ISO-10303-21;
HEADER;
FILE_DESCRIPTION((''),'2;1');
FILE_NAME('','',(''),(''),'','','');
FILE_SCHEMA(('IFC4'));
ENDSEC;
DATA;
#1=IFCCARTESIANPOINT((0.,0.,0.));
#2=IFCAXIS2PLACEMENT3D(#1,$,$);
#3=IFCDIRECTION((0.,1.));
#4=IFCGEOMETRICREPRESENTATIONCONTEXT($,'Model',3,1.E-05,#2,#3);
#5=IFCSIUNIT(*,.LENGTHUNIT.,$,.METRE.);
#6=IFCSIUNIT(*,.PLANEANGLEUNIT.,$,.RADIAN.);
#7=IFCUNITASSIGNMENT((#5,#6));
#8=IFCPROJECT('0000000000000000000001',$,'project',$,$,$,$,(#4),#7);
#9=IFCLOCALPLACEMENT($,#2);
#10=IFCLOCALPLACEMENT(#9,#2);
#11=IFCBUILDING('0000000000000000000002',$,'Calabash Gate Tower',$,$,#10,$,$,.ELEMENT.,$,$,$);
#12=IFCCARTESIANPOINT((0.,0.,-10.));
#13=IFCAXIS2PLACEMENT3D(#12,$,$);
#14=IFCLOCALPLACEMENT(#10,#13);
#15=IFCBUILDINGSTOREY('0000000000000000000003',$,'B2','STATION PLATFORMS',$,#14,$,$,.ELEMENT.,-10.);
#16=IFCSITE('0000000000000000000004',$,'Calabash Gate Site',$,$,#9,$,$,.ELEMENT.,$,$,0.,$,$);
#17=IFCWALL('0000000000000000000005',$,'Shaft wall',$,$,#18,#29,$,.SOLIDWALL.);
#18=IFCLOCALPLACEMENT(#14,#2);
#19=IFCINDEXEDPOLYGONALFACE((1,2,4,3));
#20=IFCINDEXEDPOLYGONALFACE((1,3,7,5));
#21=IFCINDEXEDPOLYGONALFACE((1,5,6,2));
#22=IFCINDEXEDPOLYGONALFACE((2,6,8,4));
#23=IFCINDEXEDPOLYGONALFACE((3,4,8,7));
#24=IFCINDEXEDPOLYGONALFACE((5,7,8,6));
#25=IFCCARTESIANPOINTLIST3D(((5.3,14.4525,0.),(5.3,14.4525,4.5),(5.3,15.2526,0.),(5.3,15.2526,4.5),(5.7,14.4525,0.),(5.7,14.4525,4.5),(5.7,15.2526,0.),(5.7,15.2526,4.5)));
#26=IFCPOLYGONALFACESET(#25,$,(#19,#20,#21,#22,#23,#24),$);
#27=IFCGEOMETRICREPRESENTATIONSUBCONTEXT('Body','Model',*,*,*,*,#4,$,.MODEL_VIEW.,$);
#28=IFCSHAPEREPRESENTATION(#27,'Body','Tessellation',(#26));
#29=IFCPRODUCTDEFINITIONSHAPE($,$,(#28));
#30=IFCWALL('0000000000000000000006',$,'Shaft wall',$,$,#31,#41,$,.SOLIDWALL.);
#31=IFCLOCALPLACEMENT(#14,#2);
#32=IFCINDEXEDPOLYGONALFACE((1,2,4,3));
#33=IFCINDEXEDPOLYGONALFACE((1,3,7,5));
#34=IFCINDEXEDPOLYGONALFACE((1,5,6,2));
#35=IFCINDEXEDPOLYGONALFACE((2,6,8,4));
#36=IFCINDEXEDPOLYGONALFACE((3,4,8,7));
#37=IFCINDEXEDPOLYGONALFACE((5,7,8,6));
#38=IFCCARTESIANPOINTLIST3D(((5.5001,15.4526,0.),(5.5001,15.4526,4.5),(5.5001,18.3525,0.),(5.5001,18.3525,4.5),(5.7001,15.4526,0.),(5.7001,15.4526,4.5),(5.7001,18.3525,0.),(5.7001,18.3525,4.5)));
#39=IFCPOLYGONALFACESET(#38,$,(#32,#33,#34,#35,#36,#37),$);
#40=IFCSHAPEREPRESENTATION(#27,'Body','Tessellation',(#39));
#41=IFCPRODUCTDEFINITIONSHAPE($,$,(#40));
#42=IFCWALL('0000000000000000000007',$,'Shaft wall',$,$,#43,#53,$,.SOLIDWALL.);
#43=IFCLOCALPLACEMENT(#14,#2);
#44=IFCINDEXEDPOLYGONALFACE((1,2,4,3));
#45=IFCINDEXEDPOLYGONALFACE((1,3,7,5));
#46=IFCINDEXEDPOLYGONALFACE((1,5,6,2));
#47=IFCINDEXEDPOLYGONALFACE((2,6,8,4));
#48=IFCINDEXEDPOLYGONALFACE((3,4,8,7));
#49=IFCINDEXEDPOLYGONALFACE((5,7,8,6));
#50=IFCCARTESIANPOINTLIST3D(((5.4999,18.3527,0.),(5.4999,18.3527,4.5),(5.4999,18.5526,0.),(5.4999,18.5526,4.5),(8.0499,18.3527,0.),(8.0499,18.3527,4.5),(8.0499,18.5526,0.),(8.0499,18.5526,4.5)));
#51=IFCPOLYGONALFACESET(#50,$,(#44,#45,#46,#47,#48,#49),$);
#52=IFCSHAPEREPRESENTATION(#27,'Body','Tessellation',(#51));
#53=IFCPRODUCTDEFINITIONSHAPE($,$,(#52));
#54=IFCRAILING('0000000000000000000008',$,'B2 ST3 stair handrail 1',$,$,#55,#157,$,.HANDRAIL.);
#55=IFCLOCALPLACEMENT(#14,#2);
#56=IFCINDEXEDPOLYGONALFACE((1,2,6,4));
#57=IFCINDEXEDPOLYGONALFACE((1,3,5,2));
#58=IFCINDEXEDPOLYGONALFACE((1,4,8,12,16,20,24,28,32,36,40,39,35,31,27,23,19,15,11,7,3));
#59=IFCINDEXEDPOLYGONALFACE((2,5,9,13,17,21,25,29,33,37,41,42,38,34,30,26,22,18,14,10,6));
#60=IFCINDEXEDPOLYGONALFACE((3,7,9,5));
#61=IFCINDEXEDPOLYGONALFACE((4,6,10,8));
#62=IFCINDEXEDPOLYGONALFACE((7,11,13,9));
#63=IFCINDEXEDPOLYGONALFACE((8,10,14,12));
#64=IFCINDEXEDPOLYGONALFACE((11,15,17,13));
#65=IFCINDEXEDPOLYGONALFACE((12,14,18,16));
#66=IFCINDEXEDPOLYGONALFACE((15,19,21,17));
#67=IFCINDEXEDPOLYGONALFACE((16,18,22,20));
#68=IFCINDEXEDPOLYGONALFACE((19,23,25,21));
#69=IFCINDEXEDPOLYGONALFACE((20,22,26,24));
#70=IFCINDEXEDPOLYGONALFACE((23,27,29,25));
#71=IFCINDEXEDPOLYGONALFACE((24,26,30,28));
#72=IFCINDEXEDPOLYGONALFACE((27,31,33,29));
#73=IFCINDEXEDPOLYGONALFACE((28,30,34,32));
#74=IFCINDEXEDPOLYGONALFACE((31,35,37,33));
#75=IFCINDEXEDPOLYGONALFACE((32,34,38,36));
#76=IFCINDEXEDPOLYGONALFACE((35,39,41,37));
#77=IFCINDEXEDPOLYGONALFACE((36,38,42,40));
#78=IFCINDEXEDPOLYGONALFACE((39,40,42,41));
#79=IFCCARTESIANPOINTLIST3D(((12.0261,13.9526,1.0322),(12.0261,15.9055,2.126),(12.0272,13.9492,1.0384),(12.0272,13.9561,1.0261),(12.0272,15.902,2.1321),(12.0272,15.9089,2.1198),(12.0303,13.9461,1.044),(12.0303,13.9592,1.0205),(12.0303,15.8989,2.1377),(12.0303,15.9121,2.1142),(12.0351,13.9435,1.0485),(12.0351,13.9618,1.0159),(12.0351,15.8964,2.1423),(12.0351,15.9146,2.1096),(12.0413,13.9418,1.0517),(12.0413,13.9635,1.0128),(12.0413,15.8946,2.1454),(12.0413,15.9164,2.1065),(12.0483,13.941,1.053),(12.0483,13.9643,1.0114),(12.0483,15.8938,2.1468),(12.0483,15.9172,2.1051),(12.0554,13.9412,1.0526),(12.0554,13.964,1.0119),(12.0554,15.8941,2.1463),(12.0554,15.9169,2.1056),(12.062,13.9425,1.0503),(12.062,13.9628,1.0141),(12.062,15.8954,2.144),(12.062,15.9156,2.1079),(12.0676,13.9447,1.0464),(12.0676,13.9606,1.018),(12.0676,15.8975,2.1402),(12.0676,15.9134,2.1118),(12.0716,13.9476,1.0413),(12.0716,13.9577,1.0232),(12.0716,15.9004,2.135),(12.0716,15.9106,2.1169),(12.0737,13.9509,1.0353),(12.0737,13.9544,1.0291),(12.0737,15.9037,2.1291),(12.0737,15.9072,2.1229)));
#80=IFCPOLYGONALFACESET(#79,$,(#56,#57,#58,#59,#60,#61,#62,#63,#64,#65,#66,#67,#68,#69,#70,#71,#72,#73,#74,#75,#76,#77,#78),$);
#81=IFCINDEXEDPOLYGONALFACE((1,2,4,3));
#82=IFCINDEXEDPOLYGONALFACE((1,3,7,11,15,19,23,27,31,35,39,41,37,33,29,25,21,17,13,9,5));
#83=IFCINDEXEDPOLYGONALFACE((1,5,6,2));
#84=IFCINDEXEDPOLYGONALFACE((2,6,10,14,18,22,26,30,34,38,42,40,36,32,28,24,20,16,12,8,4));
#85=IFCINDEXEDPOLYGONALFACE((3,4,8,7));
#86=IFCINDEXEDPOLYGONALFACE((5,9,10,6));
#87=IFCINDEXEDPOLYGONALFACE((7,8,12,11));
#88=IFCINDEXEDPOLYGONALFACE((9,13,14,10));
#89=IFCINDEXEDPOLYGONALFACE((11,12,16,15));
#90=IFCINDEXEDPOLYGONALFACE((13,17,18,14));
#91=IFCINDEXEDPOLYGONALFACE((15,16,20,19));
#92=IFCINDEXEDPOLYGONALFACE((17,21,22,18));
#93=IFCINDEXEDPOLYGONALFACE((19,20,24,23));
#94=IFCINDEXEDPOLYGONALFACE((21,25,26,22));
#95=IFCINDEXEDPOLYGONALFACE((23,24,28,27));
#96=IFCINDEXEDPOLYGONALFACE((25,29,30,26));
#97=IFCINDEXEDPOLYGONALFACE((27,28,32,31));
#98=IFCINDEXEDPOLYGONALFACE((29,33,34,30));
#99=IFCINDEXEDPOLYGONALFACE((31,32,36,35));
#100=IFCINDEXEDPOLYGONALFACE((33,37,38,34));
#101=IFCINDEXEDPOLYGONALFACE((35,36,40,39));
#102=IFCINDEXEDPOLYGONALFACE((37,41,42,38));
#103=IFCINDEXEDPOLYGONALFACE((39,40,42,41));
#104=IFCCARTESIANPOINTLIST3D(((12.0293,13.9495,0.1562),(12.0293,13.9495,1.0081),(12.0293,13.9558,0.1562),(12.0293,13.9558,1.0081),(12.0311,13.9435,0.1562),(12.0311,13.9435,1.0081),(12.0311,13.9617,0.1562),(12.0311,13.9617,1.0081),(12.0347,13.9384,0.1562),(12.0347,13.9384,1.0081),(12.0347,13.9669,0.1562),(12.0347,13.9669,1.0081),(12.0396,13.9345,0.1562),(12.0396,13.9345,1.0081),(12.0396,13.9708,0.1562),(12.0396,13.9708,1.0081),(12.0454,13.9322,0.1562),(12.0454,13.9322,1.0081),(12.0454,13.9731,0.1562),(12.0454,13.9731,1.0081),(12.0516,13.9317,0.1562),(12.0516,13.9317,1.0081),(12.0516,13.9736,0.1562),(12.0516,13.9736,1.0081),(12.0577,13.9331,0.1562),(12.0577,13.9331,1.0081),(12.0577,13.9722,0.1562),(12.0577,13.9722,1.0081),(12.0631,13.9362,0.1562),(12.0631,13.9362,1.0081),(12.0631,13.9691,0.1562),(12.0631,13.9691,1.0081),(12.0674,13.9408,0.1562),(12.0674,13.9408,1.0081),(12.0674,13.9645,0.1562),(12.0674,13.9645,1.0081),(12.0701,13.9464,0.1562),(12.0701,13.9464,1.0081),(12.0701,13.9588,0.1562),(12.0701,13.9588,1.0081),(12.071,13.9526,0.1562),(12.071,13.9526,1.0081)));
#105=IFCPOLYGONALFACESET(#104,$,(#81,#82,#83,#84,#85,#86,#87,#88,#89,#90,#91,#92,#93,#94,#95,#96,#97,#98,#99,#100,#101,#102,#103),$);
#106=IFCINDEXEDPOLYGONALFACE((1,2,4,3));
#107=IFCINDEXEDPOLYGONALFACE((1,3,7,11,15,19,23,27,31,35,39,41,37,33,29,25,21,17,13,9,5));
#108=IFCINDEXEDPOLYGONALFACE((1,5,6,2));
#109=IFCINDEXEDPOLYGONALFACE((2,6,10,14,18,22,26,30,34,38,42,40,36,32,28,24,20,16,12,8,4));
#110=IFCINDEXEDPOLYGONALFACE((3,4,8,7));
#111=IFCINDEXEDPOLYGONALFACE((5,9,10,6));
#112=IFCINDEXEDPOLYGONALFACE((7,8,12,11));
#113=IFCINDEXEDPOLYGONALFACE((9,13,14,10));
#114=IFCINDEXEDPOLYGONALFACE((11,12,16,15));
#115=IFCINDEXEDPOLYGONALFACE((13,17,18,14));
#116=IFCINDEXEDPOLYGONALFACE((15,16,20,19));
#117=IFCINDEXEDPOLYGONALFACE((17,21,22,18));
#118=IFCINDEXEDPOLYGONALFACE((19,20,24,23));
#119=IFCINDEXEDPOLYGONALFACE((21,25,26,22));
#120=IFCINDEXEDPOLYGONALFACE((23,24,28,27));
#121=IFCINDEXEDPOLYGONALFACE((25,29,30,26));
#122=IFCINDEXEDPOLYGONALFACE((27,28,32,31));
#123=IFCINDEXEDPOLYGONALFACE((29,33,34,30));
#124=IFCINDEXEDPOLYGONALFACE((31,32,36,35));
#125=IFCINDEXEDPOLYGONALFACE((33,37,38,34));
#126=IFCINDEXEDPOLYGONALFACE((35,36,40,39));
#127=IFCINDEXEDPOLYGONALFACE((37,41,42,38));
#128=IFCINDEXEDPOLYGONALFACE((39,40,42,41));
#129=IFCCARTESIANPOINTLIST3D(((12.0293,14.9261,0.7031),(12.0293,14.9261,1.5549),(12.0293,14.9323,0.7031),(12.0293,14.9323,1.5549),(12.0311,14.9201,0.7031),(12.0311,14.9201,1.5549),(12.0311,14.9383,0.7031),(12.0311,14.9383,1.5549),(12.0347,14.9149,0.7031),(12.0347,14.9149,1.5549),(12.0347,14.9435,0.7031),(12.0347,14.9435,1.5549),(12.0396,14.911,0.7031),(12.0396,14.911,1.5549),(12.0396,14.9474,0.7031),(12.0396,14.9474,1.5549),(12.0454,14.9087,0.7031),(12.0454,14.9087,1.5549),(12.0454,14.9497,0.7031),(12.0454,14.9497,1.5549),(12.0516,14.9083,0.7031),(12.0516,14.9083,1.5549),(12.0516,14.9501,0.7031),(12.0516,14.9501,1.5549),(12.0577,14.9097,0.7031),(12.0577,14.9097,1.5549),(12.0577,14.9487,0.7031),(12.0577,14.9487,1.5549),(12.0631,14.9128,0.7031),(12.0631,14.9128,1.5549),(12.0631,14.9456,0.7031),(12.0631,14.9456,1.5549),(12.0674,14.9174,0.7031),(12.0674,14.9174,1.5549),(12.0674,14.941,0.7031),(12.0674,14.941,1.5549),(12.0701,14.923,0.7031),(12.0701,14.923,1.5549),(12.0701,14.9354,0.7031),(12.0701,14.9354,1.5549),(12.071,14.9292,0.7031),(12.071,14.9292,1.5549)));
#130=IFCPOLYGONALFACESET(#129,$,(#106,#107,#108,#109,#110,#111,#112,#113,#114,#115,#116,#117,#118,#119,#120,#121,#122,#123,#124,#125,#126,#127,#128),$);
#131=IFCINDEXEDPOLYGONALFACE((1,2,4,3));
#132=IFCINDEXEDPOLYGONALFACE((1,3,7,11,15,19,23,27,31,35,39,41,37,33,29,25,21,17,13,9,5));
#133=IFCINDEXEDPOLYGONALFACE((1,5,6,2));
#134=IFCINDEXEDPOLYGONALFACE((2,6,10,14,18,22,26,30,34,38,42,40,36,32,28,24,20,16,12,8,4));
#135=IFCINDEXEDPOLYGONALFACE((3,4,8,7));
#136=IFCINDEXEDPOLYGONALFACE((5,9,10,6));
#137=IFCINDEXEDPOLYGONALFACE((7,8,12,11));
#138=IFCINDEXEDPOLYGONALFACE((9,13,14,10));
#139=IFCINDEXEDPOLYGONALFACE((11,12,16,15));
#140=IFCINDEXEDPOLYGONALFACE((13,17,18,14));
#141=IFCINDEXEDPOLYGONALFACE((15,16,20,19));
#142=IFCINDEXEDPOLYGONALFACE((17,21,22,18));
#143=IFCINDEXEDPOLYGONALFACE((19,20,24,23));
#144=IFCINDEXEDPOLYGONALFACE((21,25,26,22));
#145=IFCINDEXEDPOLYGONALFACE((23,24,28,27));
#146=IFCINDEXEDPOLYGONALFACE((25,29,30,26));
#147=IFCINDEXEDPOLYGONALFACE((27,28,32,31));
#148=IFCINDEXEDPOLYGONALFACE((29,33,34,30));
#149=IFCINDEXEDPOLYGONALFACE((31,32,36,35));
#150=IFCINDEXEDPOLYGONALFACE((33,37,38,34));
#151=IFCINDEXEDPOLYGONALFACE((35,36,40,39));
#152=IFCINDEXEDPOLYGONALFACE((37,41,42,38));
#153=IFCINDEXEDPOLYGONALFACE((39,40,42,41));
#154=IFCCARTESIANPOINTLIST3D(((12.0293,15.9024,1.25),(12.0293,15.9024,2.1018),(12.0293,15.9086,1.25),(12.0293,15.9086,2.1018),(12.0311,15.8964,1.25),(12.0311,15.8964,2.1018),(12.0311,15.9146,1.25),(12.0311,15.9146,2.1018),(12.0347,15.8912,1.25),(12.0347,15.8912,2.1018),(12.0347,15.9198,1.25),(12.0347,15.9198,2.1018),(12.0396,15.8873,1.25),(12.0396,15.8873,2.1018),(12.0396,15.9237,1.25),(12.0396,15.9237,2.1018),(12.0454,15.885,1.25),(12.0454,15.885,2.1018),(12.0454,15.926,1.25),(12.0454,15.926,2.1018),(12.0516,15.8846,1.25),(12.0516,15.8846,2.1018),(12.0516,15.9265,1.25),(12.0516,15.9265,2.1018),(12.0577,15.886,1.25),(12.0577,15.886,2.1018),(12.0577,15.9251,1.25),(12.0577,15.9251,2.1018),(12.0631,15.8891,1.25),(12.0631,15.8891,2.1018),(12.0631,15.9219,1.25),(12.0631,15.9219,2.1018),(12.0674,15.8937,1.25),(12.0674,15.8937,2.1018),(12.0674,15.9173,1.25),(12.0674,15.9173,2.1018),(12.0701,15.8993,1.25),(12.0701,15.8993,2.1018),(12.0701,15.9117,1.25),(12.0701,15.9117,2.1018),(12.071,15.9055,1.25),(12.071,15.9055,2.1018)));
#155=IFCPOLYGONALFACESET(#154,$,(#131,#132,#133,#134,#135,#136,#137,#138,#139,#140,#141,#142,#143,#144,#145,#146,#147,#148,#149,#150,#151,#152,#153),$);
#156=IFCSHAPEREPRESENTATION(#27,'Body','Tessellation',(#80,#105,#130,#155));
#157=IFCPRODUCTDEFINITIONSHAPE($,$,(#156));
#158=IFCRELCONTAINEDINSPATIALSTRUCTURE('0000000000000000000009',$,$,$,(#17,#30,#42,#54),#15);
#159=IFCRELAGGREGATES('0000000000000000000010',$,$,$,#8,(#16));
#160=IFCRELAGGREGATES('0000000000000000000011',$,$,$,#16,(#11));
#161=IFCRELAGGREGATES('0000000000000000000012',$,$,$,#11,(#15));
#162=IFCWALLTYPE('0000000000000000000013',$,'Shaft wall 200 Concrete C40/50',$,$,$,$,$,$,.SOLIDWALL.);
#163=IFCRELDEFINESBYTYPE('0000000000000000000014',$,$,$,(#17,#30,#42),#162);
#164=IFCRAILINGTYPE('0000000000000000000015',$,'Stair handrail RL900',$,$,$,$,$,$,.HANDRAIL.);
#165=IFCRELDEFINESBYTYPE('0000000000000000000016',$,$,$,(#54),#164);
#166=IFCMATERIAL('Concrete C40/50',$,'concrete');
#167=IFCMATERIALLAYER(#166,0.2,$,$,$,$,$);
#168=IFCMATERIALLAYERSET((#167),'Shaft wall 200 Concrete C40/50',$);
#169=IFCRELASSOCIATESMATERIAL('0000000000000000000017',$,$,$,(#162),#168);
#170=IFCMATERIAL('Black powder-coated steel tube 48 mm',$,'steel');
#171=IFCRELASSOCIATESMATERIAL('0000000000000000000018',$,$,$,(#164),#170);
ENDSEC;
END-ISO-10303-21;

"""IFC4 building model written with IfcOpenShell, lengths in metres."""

from ifc_helpers import new_model, si_unit, direction, frame, frame_2d, origin, origin_2d, place, context, subcontext, project, spatial, rectangle, circle, extrude, material, layer, layer_set, type_object, element, save


model = new_model("IFC4")

# Units and contexts
model_context = context("Model", 3, precision=1e-05, world=origin(), true_north=direction((0.0, 1.0)))
body_context = subcontext(model_context, "Body", "Model", "MODEL_VIEW")
ifc_project = project(units=[si_unit("LENGTHUNIT", "METRE"), si_unit("PLANEANGLEUNIT", "RADIAN")], contexts=[model_context])

# Site, building, storey
site_placement = place(None, origin())
site = spatial("IfcSite", under=ifc_project, at=site_placement, Name="Calabash Gate Site", CompositionType="ELEMENT", RefElevation=0.0)
building_placement = place(site_placement, origin())
building = spatial("IfcBuilding", under=site, at=building_placement, Name="Calabash Gate Tower", CompositionType="ELEMENT")
storey_placement = place(building_placement, frame((0.0, 0.0, -10.0)))
storey = spatial("IfcBuildingStorey", under=building, at=storey_placement, Name="B2", Description="STATION PLATFORMS", CompositionType="ELEMENT", Elevation=-10.0)

# Shared definitions
ifc_material_1 = material(Name="Concrete C40/50", Category="concrete")
ifc_layer = layer(ifc_material_1, 0.2)
ifc_layer_set = layer_set([ifc_layer], Name="Shaft wall 200 Concrete C40/50")
wall_type = type_object("IfcWallType", Name="Shaft wall 200 Concrete C40/50", PredefinedType="SOLIDWALL", material=ifc_layer_set)

# Walls
wall_1_placement = place(storey_placement, frame((5.5, 14.4526, 0.0), z_axis=(0.0, 0.0, 1.0), x_axis=(0.0, 1.0, 0.0)))
element("IfcWall", 1, at=wall_1_placement, inside=storey, type_object=wall_type, Name="Shaft wall", PredefinedType="SOLIDWALL", context=body_context, shape_type="SweptSolid", body=[
    extrude(rectangle(XDim=0.8, YDim=0.3999, at=frame_2d((0.3999, 0.0))), origin(), (0.0, 0.0, 1.0), 4.5),
])
wall_2_placement = place(storey_placement, frame((5.6001, 15.4526, 0.0), z_axis=(0.0, 0.0, 1.0), x_axis=(0.0, 1.0, 0.0)))
element("IfcWall", 2, at=wall_2_placement, inside=storey, type_object=wall_type, Name="Shaft wall", PredefinedType="SOLIDWALL", context=body_context, shape_type="SweptSolid", body=[
    extrude(rectangle(XDim=2.8999, YDim=0.2, at=frame_2d((1.45, 0.0))), origin(), (0.0, 0.0, 1.0), 4.5),
])
wall_3_placement = place(storey_placement, frame((5.5, 18.4526, 0.0), z_axis=(0.0, 0.0, 1.0), x_axis=(1.0, 0.0, 0.0)))
element("IfcWall", 3, at=wall_3_placement, inside=storey, type_object=wall_type, Name="Shaft wall", PredefinedType="SOLIDWALL", context=body_context, shape_type="SweptSolid", body=[
    extrude(rectangle(XDim=2.55, YDim=0.2, at=frame_2d((1.2749, 0.0))), origin(), (0.0, 0.0, 1.0), 4.5),
])

# Railing
ifc_material_2 = material(Name="Black powder-coated steel tube 48 mm", Category="steel")
railing_type_1 = type_object("IfcRailingType", Name="Stair handrail RL900", PredefinedType="HANDRAIL", material=ifc_material_2)
railing_1_placement = place(storey_placement, frame((12.05, 13.9526, 0.1562)))
element("IfcRailing", 4, at=railing_1_placement, inside=storey, type_object=railing_type_1, Name="B2 ST3 stair handrail 1", PredefinedType="HANDRAIL", context=body_context, shape_type="SweptSolid", body=[
    extrude(circle(Radius=0.0239, at=origin_2d()), frame((0.0, 0.0, 0.876), z_axis=(0.0, 0.87248, 0.48865), x_axis=(-1.0, 0.0, 0.0)), (0.0, 0.0, 1.0), 2.2383),
    extrude(circle(Radius=0.021, at=origin_2d()), origin(), (0.0, 0.0, 1.0), 0.8518),
    extrude(circle(Radius=0.021, at=origin_2d()), frame((0.0, 0.9766, 0.5469)), (0.0, 0.0, 1.0), 0.8518),
    extrude(circle(Radius=0.021, at=origin_2d()), frame((0.0, 1.9529, 1.0938)), (0.0, 0.0, 1.0), 0.8518),
])

save(model, "model.ifc")
